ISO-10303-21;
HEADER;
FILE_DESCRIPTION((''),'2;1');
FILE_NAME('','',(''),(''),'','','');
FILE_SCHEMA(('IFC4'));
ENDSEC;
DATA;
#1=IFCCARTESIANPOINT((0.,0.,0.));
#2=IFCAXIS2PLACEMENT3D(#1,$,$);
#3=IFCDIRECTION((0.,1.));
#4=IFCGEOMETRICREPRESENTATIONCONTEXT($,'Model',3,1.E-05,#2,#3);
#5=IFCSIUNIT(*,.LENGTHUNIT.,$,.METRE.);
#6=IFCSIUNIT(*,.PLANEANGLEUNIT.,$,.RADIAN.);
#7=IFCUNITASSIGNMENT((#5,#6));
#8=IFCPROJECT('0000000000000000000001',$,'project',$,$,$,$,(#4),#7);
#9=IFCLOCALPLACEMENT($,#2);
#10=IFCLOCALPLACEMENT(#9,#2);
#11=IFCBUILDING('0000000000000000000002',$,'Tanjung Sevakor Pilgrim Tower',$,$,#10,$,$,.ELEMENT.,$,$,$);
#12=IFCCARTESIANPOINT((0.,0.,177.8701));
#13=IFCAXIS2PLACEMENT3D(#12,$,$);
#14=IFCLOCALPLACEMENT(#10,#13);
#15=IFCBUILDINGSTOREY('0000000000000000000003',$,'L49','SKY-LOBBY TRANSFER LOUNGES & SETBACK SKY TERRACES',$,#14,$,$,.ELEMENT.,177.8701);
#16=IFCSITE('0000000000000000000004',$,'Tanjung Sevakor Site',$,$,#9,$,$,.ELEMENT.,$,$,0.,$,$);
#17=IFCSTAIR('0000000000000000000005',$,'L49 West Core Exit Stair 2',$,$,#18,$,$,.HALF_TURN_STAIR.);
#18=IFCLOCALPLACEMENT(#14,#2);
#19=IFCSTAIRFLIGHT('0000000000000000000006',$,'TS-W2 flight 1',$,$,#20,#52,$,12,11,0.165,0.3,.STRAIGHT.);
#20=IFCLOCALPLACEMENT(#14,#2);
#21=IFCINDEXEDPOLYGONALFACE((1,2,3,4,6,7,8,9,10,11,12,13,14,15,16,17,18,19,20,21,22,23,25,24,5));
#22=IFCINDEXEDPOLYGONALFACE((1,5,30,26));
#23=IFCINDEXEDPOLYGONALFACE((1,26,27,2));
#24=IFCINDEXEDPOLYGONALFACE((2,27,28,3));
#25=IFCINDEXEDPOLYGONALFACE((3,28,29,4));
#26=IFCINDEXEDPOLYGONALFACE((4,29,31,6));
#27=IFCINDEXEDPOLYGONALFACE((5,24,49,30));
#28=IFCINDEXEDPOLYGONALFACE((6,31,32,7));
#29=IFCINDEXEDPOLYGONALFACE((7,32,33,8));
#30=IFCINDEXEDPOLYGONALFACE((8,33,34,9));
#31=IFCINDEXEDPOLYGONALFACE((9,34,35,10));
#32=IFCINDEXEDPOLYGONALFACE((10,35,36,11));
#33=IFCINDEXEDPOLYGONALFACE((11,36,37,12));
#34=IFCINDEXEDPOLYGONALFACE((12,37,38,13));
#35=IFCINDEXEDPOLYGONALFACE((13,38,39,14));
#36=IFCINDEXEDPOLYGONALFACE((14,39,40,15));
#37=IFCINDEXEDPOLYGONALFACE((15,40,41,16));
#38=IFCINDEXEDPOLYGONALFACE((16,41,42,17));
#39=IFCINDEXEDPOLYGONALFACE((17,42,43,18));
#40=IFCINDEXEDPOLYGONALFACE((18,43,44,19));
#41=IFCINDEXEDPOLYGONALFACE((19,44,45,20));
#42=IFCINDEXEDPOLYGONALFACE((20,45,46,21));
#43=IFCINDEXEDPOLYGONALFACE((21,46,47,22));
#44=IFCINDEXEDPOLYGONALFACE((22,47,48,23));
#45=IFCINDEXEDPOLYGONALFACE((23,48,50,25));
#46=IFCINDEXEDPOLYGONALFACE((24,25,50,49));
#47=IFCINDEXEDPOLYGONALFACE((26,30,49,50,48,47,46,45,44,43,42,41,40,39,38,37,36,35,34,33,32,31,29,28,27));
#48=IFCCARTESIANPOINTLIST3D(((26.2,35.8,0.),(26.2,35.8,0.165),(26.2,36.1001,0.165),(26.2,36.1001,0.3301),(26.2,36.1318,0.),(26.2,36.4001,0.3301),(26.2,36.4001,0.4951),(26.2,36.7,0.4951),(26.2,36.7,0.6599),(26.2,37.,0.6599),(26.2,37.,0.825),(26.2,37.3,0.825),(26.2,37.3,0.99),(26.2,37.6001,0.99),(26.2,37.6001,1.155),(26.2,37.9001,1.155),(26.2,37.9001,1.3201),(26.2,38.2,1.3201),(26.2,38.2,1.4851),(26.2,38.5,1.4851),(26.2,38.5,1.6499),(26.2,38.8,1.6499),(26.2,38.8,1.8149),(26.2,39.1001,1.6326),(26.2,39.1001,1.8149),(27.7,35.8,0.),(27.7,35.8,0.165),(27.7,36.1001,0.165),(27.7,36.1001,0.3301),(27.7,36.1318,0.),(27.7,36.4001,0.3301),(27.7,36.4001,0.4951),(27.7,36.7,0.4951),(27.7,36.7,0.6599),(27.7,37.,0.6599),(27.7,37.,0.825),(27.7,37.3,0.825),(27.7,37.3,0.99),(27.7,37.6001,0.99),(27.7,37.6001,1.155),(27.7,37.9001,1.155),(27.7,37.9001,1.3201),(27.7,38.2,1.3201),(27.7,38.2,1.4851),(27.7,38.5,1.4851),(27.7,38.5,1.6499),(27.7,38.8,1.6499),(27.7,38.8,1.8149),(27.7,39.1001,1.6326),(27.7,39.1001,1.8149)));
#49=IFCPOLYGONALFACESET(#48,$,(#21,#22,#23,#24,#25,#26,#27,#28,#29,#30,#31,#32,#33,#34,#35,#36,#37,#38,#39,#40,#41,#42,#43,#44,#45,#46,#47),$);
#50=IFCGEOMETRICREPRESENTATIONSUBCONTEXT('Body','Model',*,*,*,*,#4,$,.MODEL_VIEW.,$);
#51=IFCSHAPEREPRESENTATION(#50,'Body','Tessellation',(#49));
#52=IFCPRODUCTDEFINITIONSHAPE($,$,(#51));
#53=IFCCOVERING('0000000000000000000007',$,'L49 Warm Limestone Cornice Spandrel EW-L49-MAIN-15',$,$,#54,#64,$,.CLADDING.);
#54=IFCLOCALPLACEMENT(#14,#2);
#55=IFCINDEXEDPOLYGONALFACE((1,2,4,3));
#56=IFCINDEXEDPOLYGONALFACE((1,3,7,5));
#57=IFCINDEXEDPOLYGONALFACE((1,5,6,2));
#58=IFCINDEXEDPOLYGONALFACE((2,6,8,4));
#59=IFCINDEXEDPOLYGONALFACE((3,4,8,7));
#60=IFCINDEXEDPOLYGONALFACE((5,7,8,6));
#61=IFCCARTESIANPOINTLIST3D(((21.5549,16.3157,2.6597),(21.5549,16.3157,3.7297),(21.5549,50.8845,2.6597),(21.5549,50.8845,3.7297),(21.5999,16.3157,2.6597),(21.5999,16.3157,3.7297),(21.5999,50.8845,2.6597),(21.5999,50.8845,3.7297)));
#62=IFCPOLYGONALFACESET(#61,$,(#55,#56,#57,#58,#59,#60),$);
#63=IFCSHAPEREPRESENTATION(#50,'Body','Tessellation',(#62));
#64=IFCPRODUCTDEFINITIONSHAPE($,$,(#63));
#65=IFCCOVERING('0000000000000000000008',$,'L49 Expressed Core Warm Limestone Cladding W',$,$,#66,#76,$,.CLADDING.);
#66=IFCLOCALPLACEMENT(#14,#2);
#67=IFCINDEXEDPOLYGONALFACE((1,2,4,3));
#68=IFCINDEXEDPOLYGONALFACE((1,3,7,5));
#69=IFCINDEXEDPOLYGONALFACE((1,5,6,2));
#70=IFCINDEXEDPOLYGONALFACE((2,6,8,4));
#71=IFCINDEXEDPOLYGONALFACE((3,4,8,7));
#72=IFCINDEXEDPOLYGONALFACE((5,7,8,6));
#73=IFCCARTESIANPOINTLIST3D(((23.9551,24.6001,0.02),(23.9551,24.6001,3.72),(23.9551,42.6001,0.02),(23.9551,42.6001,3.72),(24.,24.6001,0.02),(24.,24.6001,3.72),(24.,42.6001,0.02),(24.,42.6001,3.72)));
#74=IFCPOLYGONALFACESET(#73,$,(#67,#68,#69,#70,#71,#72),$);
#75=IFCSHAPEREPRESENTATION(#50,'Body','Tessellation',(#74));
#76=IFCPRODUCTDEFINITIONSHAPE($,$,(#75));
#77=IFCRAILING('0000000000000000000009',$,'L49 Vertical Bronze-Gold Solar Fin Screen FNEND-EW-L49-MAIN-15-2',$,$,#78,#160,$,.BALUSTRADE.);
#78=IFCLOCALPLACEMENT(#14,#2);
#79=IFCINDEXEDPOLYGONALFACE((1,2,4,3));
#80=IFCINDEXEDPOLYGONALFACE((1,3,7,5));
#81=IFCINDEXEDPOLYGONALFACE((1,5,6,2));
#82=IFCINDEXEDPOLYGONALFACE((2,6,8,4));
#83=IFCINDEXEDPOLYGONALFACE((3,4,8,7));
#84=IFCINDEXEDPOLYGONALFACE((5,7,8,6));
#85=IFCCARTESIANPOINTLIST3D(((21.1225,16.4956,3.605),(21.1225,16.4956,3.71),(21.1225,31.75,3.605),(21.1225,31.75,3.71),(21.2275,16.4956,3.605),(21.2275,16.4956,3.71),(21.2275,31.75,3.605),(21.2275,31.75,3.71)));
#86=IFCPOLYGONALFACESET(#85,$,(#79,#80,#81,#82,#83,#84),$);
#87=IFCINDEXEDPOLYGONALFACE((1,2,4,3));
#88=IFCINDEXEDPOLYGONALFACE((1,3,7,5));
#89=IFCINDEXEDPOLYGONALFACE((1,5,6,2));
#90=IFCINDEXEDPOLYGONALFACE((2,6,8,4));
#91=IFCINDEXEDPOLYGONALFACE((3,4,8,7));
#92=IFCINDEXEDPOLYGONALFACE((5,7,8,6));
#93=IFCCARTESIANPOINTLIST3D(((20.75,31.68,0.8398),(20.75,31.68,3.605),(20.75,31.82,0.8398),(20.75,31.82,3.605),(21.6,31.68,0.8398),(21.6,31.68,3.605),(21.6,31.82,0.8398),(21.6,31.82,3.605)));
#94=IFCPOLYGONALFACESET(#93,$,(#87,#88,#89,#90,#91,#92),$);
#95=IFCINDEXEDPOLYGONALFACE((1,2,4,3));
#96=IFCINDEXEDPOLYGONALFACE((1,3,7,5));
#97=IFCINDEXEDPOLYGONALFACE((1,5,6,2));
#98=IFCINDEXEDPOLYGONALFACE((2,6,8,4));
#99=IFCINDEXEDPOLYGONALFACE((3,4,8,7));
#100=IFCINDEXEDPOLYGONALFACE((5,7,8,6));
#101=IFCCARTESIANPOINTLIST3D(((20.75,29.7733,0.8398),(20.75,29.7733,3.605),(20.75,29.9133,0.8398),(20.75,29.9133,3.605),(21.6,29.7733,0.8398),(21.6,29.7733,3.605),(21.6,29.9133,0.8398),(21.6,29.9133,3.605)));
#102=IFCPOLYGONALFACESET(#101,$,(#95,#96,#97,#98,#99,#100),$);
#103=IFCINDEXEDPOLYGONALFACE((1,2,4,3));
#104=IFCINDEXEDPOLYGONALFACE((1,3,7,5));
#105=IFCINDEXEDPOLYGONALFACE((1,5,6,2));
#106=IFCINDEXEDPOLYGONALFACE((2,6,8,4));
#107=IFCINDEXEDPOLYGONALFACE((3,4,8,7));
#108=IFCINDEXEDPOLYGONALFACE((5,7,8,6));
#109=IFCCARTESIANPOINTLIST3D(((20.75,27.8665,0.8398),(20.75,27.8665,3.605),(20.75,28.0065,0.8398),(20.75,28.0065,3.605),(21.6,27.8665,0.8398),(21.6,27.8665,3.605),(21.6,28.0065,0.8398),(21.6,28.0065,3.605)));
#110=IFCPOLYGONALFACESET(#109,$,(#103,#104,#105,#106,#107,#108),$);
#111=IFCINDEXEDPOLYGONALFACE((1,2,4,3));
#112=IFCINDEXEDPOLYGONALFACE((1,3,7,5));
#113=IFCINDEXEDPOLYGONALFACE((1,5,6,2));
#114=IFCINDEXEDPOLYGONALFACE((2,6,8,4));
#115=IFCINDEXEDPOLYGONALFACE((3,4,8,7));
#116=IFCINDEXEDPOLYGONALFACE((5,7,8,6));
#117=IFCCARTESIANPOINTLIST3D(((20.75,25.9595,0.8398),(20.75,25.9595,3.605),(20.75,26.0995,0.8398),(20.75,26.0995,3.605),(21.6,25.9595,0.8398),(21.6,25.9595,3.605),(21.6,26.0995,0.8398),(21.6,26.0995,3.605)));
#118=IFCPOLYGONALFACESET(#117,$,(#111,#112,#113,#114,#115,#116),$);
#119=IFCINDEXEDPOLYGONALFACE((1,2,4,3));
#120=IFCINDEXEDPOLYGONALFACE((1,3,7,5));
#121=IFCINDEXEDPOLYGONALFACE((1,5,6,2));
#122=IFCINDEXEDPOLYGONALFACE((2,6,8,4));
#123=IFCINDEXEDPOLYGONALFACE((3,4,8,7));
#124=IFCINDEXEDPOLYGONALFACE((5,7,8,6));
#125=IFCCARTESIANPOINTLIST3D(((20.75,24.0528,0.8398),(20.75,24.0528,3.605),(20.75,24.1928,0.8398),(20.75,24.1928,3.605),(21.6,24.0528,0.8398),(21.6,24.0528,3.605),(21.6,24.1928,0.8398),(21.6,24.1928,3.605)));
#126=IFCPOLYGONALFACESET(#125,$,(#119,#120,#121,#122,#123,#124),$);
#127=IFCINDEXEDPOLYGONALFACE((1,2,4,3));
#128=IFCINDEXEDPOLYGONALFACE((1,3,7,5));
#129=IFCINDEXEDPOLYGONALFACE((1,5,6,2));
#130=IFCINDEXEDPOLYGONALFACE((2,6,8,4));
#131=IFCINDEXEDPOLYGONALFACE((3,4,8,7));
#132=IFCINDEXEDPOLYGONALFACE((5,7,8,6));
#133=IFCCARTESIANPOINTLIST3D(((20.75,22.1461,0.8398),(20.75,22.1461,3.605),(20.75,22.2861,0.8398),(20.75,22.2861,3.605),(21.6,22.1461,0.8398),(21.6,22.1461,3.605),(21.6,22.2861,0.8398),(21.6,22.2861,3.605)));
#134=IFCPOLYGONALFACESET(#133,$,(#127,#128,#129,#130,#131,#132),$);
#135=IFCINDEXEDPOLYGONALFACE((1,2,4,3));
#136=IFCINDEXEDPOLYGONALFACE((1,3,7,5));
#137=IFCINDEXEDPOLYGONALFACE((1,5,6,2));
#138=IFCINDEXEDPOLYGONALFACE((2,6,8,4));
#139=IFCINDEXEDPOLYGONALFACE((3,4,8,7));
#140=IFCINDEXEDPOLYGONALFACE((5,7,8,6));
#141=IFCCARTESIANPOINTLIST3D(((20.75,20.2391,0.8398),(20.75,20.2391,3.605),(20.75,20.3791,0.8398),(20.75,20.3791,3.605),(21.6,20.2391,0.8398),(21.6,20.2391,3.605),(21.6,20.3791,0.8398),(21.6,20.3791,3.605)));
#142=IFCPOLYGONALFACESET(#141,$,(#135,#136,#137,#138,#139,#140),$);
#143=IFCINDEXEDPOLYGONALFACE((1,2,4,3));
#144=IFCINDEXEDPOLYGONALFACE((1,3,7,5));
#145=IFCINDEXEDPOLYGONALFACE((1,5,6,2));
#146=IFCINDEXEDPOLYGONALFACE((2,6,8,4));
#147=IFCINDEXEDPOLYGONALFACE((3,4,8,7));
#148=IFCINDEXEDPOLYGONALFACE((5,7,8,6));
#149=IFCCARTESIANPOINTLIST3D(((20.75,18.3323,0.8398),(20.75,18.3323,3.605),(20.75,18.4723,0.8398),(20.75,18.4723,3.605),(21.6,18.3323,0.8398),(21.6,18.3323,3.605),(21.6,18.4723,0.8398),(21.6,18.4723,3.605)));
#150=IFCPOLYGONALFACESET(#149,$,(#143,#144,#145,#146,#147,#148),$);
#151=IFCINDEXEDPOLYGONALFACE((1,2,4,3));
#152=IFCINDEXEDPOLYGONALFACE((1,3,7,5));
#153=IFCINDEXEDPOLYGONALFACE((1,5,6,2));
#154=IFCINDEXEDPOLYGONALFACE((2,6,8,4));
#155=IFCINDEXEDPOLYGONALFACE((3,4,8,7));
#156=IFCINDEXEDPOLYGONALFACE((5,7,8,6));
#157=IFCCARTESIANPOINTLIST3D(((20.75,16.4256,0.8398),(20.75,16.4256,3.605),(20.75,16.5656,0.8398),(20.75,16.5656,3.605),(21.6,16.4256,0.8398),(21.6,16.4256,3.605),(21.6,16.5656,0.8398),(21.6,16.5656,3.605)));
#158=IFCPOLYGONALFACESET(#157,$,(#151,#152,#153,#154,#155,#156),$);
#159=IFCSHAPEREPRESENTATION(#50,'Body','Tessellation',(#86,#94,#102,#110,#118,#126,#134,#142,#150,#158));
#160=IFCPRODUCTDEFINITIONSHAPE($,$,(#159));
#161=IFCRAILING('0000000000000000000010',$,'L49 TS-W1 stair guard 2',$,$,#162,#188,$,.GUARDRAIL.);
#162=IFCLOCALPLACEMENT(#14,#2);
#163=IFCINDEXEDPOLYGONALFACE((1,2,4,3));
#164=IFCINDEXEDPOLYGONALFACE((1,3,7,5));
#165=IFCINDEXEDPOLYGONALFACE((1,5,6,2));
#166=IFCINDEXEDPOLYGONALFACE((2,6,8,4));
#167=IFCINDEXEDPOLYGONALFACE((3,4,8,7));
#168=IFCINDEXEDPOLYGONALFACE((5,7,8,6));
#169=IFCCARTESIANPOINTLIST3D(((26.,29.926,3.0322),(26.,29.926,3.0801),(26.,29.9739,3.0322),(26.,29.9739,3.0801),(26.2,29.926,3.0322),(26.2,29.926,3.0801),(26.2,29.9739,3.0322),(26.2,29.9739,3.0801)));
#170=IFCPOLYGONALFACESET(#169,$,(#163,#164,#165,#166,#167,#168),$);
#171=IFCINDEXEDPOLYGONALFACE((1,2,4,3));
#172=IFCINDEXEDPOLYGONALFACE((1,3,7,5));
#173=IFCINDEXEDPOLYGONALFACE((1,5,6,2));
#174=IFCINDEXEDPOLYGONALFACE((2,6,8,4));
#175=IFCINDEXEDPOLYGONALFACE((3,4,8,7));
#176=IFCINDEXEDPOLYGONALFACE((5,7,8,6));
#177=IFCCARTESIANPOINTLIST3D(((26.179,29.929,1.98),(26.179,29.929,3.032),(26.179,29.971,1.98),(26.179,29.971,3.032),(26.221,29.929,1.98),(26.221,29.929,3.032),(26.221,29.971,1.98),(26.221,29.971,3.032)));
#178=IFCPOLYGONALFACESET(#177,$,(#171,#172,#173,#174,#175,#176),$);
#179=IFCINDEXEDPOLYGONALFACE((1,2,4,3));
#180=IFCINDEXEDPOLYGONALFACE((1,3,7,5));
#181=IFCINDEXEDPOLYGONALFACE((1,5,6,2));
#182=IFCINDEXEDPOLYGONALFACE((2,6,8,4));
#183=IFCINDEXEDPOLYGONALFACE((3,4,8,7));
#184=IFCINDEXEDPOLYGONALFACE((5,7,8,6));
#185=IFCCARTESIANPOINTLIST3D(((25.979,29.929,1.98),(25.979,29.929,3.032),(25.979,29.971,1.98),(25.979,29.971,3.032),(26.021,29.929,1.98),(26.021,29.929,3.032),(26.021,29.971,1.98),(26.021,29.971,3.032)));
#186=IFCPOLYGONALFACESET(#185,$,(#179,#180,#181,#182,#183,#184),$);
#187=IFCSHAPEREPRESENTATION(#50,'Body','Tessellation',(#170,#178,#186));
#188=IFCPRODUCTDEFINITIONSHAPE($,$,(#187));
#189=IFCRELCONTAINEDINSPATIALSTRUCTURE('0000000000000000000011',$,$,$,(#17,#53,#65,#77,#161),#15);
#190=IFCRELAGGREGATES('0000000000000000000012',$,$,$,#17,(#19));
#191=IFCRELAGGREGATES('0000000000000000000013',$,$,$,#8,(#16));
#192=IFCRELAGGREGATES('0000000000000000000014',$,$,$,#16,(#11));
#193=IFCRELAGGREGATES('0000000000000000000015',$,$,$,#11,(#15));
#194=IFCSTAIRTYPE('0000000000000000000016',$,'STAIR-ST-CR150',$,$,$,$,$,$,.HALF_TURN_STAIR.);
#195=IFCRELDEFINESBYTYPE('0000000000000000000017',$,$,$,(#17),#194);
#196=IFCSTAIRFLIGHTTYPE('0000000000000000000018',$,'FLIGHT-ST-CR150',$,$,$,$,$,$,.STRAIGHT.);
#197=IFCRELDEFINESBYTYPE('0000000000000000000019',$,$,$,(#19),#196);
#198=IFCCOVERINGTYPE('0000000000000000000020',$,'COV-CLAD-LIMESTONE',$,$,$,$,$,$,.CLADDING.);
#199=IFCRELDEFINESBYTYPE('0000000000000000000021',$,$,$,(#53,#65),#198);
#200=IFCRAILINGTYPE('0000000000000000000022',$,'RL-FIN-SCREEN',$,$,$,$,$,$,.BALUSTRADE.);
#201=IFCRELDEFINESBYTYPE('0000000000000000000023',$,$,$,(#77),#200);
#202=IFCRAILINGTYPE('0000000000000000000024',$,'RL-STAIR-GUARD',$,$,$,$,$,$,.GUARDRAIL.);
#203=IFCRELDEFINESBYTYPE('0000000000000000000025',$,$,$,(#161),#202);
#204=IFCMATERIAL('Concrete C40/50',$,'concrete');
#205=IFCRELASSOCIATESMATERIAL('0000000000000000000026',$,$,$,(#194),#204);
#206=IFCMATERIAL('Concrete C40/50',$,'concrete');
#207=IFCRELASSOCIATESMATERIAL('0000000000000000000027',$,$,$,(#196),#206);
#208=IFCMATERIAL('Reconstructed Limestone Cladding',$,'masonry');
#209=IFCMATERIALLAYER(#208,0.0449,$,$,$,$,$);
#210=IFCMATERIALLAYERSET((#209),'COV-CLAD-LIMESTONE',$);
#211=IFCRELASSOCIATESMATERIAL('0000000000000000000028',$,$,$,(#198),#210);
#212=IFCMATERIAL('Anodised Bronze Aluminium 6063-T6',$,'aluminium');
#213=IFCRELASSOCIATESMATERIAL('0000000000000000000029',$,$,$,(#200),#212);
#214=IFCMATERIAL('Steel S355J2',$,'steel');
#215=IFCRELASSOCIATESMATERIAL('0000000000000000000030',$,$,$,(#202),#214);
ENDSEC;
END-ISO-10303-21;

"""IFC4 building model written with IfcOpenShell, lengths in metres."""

from ifc_helpers import new_model, si_unit, direction, frame, origin, origin_2d, place, context, subcontext, project, spatial, polyline, rectangle, outline, extrude, material, layer, layer_set, type_object, element, aggregate, save


model = new_model("IFC4")

# Units and contexts
model_context = context("Model", 3, precision=1e-05, world=origin(), true_north=direction((0.0, 1.0)))
body_context = subcontext(model_context, "Body", "Model", "MODEL_VIEW")
ifc_project = project(units=[si_unit("LENGTHUNIT", "METRE"), si_unit("PLANEANGLEUNIT", "RADIAN")], contexts=[model_context])

# Site, building, storey
site_placement = place(None, origin())
site = spatial("IfcSite", under=ifc_project, at=site_placement, Name="Tanjung Sevakor Site", CompositionType="ELEMENT", RefElevation=0.0)
building_placement = place(site_placement, origin())
building = spatial("IfcBuilding", under=site, at=building_placement, Name="Tanjung Sevakor Pilgrim Tower", CompositionType="ELEMENT")
storey_placement = place(building_placement, frame((0.0, 0.0, 177.8701)))
storey = spatial("IfcBuildingStorey", under=building, at=storey_placement, Name="L49", Description="SKY-LOBBY TRANSFER LOUNGES & SETBACK SKY TERRACES", CompositionType="ELEMENT", Elevation=177.8701)

# Stair, stair flight
ifc_material_1 = material(Name="Concrete C40/50", Category="concrete")
stair_type = type_object("IfcStairType", Name="STAIR-ST-CR150", PredefinedType="HALF_TURN_STAIR", material=ifc_material_1)
ifc_material_2 = material(Name="Concrete C40/50", Category="concrete")
stair_flight_type = type_object("IfcStairFlightType", Name="FLIGHT-ST-CR150", PredefinedType="STRAIGHT", material=ifc_material_2)
stair_1_placement = place(storey_placement, origin())
stair_1 = element("IfcStair", 1, at=stair_1_placement, inside=storey, type_object=stair_type, Name="L49 West Core Exit Stair 2", PredefinedType="HALF_TURN_STAIR")
stair_flight_1_placement = place(storey_placement, frame((26.95, 35.8, 0.0), z_axis=(0.0, 0.0, 1.0), x_axis=(0.0, 1.0, 0.0)))
stair_flight_1 = element("IfcStairFlight", 2, at=stair_flight_1_placement, type_object=stair_flight_type, Name="TS-W2 flight 1", NumberOfRisers=12, NumberOfTreads=11, PredefinedType="STRAIGHT", RiserHeight=0.165, TreadLength=0.3, context=body_context, shape_type="SweptSolid", body=[
    extrude(outline(polyline([(0.0, 0.0), (0.0, 0.165), (0.3, 0.165), (0.3, 0.3301), (0.6001, 0.3301), (0.6001, 0.4951), (0.8999, 0.4951), (0.8999, 0.6599), (1.2, 0.6599), (1.2, 0.825), (1.5, 0.825), (1.5, 0.99), (1.8, 0.99), (1.8, 1.155), (2.1001, 1.155), (2.1001, 1.3201), (2.3999, 1.3201), (2.3999, 1.4851), (2.7, 1.4851), (2.7, 1.6499), (3.0, 1.6499), (3.0, 1.8149), (3.3, 1.8149), (3.3, 1.98), (3.3, 1.6326), (0.3318, 0.0), (0.0, 0.0)])), frame((0.0, 0.75, 0.0), z_axis=(0.0, -1.0, 0.0), x_axis=(1.0, 0.0, 0.0)), (0.0, 0.0, 1.0), 1.5),
])
aggregate(stair_1, [stair_flight_1])

# Coverings
ifc_material_3 = material(Name="Reconstructed Limestone Cladding", Category="masonry")
ifc_layer_1 = layer(ifc_material_3, 0.0449)
ifc_layer_set_1 = layer_set([ifc_layer_1], Name="COV-CLAD-LIMESTONE")
covering_type = type_object("IfcCoveringType", Name="COV-CLAD-LIMESTONE", PredefinedType="CLADDING", material=ifc_layer_set_1)
covering_1_placement = place(storey_placement, frame((21.5774, 33.6001, 2.6597), z_axis=(0.0, 0.0, 1.0), x_axis=(0.0, -1.0, 0.0)))
element("IfcCovering", 3, at=covering_1_placement, inside=storey, type_object=covering_type, Name="L49 Warm Limestone Cornice Spandrel EW-L49-MAIN-15", PredefinedType="CLADDING", context=body_context, shape_type="SweptSolid", body=[
    extrude(rectangle(XDim=34.5688, YDim=0.0449, at=origin_2d()), origin(), (0.0, 0.0, 1.0), 1.0701),
])
covering_2_placement = place(storey_placement, frame((23.9775, 33.6001, 0.02), z_axis=(0.0, 0.0, 1.0), x_axis=(1.0, 0.0, 0.0)))
element("IfcCovering", 4, at=covering_2_placement, inside=storey, type_object=covering_type, Name="L49 Expressed Core Warm Limestone Cladding W", PredefinedType="CLADDING", context=body_context, shape_type="SweptSolid", body=[
    extrude(rectangle(XDim=0.0449, YDim=18.0, at=origin_2d()), origin(), (0.0, 0.0, 1.0), 3.7),
])

# Railings
ifc_material_4 = material(Name="Anodised Bronze Aluminium 6063-T6", Category="aluminium")
railing_type_1 = type_object("IfcRailingType", Name="RL-FIN-SCREEN", PredefinedType="BALUSTRADE", material=ifc_material_4)
railing_1_placement = place(storey_placement, frame((21.175, 31.75, 0.8398)))
element("IfcRailing", 5, at=railing_1_placement, inside=storey, type_object=railing_type_1, Name="L49 Vertical Bronze-Gold Solar Fin Screen FNEND-EW-L49-MAIN-15-2", PredefinedType="BALUSTRADE", context=body_context, shape_type="SweptSolid", body=[
    extrude(rectangle(XDim=0.105, YDim=0.105), frame((0.0, 0.0, 2.8176), z_axis=(0.0, -1.0, 0.0), x_axis=(1.0, 0.0, 0.0)), (0.0, 0.0, 1.0), 15.2544),
    extrude(rectangle(XDim=0.85, YDim=0.14), origin(), (0.0, 0.0, 1.0), 2.7651),
    extrude(rectangle(XDim=0.85, YDim=0.14), frame((0.0, -1.9067, 0.0)), (0.0, 0.0, 1.0), 2.7651),
    extrude(rectangle(XDim=0.85, YDim=0.14), frame((0.0, -3.8135, 0.0)), (0.0, 0.0, 1.0), 2.7651),
    extrude(rectangle(XDim=0.85, YDim=0.14), frame((0.0, -5.7205, 0.0)), (0.0, 0.0, 1.0), 2.7651),
    extrude(rectangle(XDim=0.85, YDim=0.14), frame((0.0, -7.6272, 0.0)), (0.0, 0.0, 1.0), 2.7651),
    extrude(rectangle(XDim=0.85, YDim=0.14), frame((0.0, -9.5339, 0.0)), (0.0, 0.0, 1.0), 2.7651),
    extrude(rectangle(XDim=0.85, YDim=0.14), frame((0.0, -11.4409, 0.0)), (0.0, 0.0, 1.0), 2.7651),
    extrude(rectangle(XDim=0.85, YDim=0.14), frame((0.0, -13.3477, 0.0)), (0.0, 0.0, 1.0), 2.7651),
    extrude(rectangle(XDim=0.85, YDim=0.14), frame((0.0, -15.2544, 0.0)), (0.0, 0.0, 1.0), 2.7651),
])
ifc_material_5 = material(Name="Steel S355J2", Category="steel")
railing_type_2 = type_object("IfcRailingType", Name="RL-STAIR-GUARD", PredefinedType="GUARDRAIL", material=ifc_material_5)
railing_2_placement = place(storey_placement, frame((26.2, 29.95, 1.98)))
element("IfcRailing", 6, at=railing_2_placement, inside=storey, type_object=railing_type_2, Name="L49 TS-W1 stair guard 2", PredefinedType="GUARDRAIL", context=body_context, shape_type="SweptSolid", body=[
    extrude(rectangle(XDim=0.0479, YDim=0.0479), frame((0.0, 0.0, 1.0762), z_axis=(-1.0, 0.0, 0.0), x_axis=(0.0, -1.0, 0.0)), (0.0, 0.0, 1.0), 0.2),
    extrude(rectangle(XDim=0.042, YDim=0.042), origin(), (0.0, 0.0, 1.0), 1.052),
    extrude(rectangle(XDim=0.042, YDim=0.042), frame((-0.2, 0.0, 0.0)), (0.0, 0.0, 1.0), 1.052),
])

save(model, "model.ifc")
